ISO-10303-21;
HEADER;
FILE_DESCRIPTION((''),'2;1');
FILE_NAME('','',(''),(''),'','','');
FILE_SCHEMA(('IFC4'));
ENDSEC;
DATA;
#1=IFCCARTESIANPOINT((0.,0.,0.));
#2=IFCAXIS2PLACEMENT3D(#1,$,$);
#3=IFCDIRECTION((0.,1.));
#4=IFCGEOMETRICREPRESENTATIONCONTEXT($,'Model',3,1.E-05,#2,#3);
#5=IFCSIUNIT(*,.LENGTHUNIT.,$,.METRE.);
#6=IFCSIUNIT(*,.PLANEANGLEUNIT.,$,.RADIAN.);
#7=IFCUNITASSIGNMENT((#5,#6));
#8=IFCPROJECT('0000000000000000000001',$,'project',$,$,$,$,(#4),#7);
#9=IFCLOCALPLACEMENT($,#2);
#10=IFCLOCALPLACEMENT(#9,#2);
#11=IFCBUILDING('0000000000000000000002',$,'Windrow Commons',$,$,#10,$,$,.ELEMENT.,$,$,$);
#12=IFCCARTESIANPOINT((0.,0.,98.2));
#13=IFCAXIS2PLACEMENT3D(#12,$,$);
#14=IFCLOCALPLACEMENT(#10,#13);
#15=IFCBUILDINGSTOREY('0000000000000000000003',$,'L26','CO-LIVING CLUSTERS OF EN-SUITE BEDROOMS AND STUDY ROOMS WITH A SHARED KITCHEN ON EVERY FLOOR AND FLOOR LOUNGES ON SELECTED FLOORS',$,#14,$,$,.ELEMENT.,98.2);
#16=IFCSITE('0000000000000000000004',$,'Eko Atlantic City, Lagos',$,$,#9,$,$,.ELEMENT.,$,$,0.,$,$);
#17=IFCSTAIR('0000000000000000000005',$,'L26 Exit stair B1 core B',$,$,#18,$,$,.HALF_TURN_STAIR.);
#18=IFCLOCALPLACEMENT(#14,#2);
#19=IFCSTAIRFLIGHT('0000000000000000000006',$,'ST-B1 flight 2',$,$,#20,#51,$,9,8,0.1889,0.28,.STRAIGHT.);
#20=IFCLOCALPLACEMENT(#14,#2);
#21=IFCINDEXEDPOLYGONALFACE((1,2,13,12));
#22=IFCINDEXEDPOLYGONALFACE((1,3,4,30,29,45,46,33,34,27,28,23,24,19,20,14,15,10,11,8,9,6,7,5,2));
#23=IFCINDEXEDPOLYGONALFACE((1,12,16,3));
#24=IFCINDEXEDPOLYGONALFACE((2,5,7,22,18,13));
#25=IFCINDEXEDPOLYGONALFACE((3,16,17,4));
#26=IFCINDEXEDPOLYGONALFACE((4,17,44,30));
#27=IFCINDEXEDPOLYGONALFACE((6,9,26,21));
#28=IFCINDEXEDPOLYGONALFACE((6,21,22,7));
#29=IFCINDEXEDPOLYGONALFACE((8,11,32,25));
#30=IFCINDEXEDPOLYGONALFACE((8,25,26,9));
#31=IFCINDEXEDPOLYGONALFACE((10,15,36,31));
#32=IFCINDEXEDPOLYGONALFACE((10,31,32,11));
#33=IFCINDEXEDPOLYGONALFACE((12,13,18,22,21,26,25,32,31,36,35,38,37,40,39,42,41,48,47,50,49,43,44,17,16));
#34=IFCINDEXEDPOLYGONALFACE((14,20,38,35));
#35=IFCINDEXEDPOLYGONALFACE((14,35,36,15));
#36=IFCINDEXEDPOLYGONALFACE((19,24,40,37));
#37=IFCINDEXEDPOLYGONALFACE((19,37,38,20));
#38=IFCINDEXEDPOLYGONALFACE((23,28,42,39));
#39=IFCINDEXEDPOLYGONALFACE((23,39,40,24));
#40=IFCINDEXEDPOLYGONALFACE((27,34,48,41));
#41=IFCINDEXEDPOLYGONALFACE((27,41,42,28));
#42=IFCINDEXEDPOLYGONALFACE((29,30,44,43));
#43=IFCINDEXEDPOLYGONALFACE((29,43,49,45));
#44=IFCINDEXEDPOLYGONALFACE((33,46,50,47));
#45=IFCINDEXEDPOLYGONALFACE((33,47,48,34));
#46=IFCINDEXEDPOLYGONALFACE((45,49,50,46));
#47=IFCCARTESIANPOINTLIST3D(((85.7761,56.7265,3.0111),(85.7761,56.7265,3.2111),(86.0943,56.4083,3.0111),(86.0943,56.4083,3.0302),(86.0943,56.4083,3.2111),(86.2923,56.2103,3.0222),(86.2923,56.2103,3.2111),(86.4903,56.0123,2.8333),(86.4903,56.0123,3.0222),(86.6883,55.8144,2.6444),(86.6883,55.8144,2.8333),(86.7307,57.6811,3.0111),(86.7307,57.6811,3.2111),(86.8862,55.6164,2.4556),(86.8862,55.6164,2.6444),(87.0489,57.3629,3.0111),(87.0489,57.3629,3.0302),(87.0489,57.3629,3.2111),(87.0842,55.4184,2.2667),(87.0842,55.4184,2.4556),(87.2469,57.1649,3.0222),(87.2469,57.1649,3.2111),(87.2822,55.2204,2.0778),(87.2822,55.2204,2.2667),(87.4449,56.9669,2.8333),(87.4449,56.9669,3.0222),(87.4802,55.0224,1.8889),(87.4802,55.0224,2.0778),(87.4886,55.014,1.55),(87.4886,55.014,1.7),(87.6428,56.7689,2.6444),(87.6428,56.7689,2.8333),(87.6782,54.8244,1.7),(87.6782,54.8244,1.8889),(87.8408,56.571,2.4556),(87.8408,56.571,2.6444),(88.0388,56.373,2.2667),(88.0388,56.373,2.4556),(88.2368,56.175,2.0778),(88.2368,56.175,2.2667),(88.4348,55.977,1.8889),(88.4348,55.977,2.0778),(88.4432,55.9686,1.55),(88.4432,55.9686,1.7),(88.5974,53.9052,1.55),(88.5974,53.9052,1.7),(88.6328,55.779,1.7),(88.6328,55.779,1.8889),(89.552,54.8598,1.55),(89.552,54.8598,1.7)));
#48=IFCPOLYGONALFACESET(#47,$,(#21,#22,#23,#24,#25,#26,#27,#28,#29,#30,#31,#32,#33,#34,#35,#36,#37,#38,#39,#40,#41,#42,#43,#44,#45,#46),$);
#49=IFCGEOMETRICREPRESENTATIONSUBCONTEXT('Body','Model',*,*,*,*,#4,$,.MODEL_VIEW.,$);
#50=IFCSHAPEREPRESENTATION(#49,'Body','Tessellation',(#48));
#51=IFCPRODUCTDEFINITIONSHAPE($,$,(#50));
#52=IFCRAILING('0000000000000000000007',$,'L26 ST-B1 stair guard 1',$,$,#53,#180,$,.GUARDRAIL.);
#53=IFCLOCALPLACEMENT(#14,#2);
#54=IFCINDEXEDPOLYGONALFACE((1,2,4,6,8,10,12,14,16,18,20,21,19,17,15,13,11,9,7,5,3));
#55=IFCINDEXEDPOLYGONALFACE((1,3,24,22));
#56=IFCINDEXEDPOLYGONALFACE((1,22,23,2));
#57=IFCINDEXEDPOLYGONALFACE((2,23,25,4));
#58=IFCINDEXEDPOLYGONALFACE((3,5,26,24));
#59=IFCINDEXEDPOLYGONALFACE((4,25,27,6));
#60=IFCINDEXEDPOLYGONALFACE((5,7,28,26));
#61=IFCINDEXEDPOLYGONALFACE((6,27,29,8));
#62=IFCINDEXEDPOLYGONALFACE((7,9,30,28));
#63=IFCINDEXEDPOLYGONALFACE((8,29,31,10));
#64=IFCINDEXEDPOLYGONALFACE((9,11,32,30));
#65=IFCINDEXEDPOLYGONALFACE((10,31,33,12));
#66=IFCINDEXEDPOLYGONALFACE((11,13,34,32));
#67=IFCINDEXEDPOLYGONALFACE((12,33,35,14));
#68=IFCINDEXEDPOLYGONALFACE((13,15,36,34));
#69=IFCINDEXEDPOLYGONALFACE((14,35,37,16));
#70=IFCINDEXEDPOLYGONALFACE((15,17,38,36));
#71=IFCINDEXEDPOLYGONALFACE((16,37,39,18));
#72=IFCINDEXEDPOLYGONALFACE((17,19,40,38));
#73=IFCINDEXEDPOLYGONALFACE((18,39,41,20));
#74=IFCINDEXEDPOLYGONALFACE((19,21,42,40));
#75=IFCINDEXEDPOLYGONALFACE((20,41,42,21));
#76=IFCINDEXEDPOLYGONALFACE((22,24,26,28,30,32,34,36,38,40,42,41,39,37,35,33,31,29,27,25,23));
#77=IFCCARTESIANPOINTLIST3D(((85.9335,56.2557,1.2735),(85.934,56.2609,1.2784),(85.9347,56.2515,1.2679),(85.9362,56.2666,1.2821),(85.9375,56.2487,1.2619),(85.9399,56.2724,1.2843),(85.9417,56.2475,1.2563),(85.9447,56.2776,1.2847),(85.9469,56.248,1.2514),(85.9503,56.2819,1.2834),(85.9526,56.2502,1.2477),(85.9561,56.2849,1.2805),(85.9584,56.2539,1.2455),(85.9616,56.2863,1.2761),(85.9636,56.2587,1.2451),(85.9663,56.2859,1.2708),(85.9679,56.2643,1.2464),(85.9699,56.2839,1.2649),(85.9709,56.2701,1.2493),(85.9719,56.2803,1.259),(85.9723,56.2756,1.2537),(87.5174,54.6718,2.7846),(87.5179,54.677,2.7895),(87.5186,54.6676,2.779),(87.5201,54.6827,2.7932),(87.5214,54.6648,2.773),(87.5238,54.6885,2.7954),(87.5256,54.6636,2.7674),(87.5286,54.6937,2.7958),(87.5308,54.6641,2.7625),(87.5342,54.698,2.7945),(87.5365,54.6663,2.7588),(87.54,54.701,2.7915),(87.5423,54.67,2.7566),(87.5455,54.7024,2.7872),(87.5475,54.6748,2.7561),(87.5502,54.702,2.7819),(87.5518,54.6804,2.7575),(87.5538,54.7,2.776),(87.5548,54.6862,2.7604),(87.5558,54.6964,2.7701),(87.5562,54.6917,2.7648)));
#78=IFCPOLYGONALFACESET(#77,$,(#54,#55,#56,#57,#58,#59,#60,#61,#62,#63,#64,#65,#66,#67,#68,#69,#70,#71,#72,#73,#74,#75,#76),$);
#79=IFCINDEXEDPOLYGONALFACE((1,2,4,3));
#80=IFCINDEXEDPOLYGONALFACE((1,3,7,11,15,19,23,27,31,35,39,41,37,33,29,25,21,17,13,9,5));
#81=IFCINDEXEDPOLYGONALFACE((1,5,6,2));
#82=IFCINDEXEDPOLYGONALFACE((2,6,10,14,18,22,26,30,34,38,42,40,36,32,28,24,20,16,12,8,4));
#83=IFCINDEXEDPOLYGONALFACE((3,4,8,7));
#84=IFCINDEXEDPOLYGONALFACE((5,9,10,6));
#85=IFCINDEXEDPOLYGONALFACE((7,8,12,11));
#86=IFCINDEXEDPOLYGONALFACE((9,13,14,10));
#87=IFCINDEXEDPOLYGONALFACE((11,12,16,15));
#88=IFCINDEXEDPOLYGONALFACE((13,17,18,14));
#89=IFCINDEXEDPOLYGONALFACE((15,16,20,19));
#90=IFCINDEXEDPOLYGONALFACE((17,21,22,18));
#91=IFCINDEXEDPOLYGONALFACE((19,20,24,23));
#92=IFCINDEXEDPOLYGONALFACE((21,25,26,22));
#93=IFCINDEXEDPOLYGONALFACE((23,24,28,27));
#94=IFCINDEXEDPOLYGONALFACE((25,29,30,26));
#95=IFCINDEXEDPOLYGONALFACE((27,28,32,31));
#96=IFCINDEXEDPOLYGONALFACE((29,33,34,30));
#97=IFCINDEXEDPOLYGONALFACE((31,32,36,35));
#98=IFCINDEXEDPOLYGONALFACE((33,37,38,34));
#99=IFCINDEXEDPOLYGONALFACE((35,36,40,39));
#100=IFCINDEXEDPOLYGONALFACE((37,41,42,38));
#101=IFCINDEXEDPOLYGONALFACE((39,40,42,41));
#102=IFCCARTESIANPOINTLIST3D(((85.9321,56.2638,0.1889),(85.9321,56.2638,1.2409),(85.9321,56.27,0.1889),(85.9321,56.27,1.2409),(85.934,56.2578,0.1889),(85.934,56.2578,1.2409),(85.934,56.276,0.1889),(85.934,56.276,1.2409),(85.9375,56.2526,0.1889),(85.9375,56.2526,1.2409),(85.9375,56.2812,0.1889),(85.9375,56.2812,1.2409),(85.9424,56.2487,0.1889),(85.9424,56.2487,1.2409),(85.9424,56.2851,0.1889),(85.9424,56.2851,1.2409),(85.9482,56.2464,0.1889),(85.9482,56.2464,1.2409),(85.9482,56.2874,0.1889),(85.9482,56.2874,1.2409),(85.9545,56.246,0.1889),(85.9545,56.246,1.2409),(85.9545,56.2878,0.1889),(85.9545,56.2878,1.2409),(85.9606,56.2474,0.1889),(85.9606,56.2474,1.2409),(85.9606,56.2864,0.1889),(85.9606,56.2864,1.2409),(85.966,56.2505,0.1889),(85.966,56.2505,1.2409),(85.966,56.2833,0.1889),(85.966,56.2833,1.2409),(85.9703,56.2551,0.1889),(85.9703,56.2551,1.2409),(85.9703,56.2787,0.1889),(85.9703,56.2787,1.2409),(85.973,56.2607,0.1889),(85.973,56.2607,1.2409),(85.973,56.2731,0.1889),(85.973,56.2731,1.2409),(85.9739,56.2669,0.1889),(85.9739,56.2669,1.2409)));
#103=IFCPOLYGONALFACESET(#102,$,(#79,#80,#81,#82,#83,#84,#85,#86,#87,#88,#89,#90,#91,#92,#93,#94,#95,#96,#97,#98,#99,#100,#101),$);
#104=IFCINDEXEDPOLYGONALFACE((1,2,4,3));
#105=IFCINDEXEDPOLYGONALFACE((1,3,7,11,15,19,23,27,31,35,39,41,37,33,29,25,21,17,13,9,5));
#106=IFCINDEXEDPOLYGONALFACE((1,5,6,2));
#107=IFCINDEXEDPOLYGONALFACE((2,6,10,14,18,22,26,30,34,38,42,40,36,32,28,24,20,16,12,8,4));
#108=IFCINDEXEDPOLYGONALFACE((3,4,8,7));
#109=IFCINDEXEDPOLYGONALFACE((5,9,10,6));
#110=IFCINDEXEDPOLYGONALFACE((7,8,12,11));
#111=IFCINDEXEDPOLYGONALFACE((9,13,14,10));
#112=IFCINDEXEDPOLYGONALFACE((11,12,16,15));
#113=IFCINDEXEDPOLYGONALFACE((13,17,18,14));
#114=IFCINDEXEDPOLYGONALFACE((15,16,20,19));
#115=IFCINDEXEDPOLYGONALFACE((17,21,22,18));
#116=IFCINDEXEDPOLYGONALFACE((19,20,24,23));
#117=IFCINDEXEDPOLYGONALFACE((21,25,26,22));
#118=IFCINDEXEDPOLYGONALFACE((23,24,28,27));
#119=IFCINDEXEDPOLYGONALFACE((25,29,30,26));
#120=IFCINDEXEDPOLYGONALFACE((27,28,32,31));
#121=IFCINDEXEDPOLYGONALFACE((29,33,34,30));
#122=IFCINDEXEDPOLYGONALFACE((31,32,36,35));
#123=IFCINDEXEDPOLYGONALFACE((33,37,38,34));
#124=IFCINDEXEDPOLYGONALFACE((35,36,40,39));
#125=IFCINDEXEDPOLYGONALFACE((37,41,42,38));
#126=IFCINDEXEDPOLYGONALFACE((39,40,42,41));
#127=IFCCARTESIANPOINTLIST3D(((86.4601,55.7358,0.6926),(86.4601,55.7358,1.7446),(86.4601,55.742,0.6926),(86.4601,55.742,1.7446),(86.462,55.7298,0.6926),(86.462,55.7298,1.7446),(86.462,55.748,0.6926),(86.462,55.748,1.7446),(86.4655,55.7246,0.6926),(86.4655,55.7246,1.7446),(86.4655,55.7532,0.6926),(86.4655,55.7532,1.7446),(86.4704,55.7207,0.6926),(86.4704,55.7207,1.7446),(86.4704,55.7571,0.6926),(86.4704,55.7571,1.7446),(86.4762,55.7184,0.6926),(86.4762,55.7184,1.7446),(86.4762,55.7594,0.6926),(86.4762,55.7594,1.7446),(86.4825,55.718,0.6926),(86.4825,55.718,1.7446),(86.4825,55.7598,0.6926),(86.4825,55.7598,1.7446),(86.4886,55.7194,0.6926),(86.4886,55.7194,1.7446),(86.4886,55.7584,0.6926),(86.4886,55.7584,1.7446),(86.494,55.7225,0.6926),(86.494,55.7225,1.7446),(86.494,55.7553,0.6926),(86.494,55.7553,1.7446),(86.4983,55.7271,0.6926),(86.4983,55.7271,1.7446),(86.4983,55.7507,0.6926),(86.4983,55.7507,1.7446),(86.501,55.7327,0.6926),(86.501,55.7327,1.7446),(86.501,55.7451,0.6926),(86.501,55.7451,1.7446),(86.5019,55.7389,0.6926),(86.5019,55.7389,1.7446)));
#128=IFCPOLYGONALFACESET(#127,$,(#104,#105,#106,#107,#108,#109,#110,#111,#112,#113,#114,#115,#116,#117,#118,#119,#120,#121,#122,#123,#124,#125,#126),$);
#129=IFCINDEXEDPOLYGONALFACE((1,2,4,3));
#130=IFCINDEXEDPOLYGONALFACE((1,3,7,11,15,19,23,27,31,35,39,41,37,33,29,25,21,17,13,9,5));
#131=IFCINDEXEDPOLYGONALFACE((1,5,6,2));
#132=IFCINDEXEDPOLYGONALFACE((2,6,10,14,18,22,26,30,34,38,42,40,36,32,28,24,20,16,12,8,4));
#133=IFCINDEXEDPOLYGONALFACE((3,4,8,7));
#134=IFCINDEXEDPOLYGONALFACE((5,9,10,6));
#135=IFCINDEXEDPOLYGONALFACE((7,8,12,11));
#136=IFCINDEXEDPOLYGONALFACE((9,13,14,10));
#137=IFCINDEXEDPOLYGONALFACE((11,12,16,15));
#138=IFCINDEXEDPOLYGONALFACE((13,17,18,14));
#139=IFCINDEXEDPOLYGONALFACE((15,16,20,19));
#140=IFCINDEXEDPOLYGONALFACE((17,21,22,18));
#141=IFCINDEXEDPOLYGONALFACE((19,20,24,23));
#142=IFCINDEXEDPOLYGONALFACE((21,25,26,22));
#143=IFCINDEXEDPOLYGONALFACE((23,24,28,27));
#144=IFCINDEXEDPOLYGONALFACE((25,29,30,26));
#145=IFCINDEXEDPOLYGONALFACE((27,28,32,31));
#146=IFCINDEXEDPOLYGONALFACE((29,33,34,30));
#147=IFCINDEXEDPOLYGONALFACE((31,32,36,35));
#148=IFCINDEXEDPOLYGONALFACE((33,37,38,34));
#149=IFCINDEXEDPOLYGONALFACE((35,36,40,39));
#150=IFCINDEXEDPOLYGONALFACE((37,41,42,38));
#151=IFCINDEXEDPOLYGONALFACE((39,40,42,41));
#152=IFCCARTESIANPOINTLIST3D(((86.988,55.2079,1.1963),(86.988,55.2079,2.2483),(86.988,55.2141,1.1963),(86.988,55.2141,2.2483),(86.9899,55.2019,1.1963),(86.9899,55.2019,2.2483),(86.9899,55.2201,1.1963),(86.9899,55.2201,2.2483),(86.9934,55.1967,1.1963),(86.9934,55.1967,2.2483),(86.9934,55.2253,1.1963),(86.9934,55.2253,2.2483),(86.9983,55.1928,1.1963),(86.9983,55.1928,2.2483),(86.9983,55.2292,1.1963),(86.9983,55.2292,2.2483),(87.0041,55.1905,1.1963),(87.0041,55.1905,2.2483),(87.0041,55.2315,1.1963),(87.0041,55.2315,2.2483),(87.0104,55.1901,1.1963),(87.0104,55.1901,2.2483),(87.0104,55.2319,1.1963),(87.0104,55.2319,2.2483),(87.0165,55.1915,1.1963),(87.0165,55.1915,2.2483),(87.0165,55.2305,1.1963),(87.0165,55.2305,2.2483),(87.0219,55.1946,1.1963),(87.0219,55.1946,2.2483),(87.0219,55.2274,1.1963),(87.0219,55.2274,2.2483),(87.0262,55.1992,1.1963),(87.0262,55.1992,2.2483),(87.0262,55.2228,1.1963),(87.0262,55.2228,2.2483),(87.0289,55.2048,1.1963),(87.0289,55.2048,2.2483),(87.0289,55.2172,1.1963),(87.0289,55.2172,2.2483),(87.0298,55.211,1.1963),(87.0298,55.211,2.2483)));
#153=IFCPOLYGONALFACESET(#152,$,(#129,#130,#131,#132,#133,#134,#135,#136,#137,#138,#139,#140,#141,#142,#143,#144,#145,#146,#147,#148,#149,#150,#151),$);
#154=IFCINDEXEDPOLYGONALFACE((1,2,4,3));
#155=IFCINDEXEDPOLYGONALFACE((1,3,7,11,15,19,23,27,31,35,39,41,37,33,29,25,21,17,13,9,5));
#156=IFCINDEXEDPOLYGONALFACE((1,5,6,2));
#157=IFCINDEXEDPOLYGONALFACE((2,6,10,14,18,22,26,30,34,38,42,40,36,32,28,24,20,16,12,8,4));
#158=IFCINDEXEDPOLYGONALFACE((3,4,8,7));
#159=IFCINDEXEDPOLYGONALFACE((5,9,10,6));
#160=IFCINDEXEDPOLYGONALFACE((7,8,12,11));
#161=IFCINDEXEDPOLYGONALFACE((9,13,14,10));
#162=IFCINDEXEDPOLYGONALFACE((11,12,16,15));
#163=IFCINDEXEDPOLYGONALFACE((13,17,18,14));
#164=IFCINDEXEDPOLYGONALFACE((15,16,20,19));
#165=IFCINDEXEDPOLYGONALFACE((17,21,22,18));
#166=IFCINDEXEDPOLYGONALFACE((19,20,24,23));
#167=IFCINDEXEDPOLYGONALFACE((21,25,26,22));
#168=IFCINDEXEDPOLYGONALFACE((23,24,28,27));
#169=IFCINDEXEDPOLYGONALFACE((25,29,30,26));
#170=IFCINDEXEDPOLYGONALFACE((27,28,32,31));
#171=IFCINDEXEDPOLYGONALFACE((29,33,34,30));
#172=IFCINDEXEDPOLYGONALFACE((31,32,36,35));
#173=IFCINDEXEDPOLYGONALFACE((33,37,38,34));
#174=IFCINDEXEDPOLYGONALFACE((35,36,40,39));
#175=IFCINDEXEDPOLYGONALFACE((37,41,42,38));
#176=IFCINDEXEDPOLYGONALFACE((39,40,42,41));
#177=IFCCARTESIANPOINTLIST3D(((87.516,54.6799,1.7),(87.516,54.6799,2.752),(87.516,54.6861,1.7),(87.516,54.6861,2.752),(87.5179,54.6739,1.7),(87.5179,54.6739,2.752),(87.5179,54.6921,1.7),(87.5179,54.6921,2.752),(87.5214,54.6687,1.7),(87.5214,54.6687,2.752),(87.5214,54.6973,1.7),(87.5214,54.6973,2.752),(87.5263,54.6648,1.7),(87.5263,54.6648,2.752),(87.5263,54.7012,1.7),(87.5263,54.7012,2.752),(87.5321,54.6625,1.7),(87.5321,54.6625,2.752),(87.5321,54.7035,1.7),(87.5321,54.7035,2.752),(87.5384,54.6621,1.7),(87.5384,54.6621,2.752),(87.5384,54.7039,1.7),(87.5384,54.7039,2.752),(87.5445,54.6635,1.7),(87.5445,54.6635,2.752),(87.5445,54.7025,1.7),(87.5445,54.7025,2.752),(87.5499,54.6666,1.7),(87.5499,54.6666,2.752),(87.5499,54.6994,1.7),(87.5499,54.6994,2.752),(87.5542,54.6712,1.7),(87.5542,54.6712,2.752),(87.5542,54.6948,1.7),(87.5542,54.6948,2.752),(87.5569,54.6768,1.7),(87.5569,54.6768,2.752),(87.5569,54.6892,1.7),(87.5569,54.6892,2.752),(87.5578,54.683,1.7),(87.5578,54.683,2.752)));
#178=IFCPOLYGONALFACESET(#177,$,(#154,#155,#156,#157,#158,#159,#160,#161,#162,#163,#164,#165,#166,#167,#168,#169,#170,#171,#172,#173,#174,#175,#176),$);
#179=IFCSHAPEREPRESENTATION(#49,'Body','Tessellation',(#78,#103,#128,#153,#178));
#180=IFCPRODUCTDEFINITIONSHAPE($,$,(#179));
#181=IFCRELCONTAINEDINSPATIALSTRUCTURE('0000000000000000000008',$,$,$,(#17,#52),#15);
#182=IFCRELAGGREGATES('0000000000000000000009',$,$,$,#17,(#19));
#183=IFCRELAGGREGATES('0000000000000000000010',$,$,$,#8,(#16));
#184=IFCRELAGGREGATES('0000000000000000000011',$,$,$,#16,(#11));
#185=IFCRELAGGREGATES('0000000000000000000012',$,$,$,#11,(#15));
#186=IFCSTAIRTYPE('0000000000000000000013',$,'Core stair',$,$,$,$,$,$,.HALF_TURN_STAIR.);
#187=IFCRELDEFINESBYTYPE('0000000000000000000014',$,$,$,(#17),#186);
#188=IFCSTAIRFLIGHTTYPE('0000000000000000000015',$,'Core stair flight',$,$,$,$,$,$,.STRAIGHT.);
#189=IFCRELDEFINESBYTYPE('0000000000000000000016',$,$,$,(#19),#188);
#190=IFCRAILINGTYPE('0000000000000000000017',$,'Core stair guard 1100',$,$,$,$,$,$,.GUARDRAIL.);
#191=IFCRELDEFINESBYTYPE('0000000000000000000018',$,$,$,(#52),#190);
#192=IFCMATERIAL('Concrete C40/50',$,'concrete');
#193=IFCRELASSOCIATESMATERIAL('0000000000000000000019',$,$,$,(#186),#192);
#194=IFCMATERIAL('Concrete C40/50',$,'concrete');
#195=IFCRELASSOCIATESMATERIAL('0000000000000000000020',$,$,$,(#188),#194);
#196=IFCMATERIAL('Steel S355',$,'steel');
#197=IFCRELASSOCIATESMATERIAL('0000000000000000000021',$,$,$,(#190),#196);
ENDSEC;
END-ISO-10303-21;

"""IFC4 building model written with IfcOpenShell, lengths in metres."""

from ifc_helpers import new_model, si_unit, direction, frame, origin, origin_2d, place, context, subcontext, project, spatial, polyline, circle, outline, extrude, material, type_object, element, aggregate, save


model = new_model("IFC4")

# Units and contexts
model_context = context("Model", 3, precision=1e-05, world=origin(), true_north=direction((0.0, 1.0)))
body_context = subcontext(model_context, "Body", "Model", "MODEL_VIEW")
ifc_project = project(units=[si_unit("LENGTHUNIT", "METRE"), si_unit("PLANEANGLEUNIT", "RADIAN")], contexts=[model_context])

# Site, building, storey
site_placement = place(None, origin())
site = spatial("IfcSite", under=ifc_project, at=site_placement, Name="Eko Atlantic City, Lagos", CompositionType="ELEMENT", RefElevation=0.0)
building_placement = place(site_placement, origin())
building = spatial("IfcBuilding", under=site, at=building_placement, Name="Windrow Commons", CompositionType="ELEMENT")
storey_placement = place(building_placement, frame((0.0, 0.0, 98.2)))
storey = spatial("IfcBuildingStorey", under=building, at=storey_placement, Name="L26", Description="CO-LIVING CLUSTERS OF EN-SUITE BEDROOMS AND STUDY ROOMS WITH A SHARED KITCHEN ON EVERY FLOOR AND FLOOR LOUNGES ON SELECTED FLOORS", CompositionType="ELEMENT", Elevation=98.2)

# Stair, stair flight
ifc_material_1 = material(Name="Concrete C40/50", Category="concrete")
stair_type = type_object("IfcStairType", Name="Core stair", PredefinedType="HALF_TURN_STAIR", material=ifc_material_1)
stair_placement = place(storey_placement, origin())
stair = element("IfcStair", 1, at=stair_placement, inside=storey, type_object=stair_type, Name="L26 Exit stair B1 core B", PredefinedType="HALF_TURN_STAIR")
ifc_material_2 = material(Name="Concrete C40/50", Category="concrete")
stair_flight_type = type_object("IfcStairFlightType", Name="Core stair flight", PredefinedType="STRAIGHT", material=ifc_material_2)
stair_flight_1_placement = place(storey_placement, frame((88.1555, 55.3017, 1.7), z_axis=(0.0, 0.0, 1.0), x_axis=(-0.707107, 0.707107, 0.0)))
stair_flight_1 = element("IfcStairFlight", 2, at=stair_flight_1_placement, type_object=stair_flight_type, Name="ST-B1 flight 2", NumberOfRisers=9, NumberOfTreads=8, PredefinedType="STRAIGHT", RiserHeight=0.1889, TreadLength=0.28, context=body_context, shape_type="SweptSolid", body=[
    extrude(outline(polyline([(-1.3, -0.15), (-1.3, 0.0), (0.0, 0.0), (0.0, 0.1889), (0.28, 0.1889), (0.28, 0.3778), (0.56, 0.3778), (0.56, 0.5667), (0.84, 0.5667), (0.84, 0.7556), (1.12, 0.7556), (1.12, 0.9444), (1.4, 0.9444), (1.4, 1.1333), (1.68, 1.1333), (1.68, 1.3222), (1.96, 1.3222), (1.96, 1.5111), (2.24, 1.5111), (2.69, 1.5111), (2.69, 1.3111), (2.24, 1.3111), (2.24, 1.3302), (0.2682, 0.0), (0.2682, -0.15), (-1.3, -0.15)])), frame((0.0, 0.675, 0.0), z_axis=(0.0, -1.0, 0.0), x_axis=(1.0, 0.0, 0.0)), (0.0, 0.0, 1.0), 1.35),
])
aggregate(stair, [stair_flight_1])

# Railing
ifc_material_3 = material(Name="Steel S355", Category="steel")
railing_type_1 = type_object("IfcRailingType", Name="Core stair guard 1100", PredefinedType="GUARDRAIL", material=ifc_material_3)
railing_1_placement = place(storey_placement, frame((85.9529, 56.2669, 0.1889)))
element("IfcRailing", 3, at=railing_1_placement, inside=storey, type_object=railing_type_1, Name="L26 ST-B1 stair guard 1", PredefinedType="GUARDRAIL", context=body_context, shape_type="SweptSolid", body=[
    extrude(circle(Radius=0.024, at=origin_2d()), frame((0.0, 0.0, 1.076), z_axis=(0.586191, -0.586191, 0.559249), x_axis=(0.707107, 0.707107, 0.0)), (0.0, 0.0, 1.0), 2.702),
    extrude(circle(Radius=0.021, at=origin_2d()), origin(), (0.0, 0.0, 1.0), 1.052),
    extrude(circle(Radius=0.021, at=origin_2d()), frame((0.528, -0.528, 0.5037)), (0.0, 0.0, 1.0), 1.052),
    extrude(circle(Radius=0.021, at=origin_2d()), frame((1.0559, -1.0559, 1.0074)), (0.0, 0.0, 1.0), 1.052),
    extrude(circle(Radius=0.021, at=origin_2d()), frame((1.5839, -1.5839, 1.5111)), (0.0, 0.0, 1.0), 1.052),
])

save(model, "model.ifc")
